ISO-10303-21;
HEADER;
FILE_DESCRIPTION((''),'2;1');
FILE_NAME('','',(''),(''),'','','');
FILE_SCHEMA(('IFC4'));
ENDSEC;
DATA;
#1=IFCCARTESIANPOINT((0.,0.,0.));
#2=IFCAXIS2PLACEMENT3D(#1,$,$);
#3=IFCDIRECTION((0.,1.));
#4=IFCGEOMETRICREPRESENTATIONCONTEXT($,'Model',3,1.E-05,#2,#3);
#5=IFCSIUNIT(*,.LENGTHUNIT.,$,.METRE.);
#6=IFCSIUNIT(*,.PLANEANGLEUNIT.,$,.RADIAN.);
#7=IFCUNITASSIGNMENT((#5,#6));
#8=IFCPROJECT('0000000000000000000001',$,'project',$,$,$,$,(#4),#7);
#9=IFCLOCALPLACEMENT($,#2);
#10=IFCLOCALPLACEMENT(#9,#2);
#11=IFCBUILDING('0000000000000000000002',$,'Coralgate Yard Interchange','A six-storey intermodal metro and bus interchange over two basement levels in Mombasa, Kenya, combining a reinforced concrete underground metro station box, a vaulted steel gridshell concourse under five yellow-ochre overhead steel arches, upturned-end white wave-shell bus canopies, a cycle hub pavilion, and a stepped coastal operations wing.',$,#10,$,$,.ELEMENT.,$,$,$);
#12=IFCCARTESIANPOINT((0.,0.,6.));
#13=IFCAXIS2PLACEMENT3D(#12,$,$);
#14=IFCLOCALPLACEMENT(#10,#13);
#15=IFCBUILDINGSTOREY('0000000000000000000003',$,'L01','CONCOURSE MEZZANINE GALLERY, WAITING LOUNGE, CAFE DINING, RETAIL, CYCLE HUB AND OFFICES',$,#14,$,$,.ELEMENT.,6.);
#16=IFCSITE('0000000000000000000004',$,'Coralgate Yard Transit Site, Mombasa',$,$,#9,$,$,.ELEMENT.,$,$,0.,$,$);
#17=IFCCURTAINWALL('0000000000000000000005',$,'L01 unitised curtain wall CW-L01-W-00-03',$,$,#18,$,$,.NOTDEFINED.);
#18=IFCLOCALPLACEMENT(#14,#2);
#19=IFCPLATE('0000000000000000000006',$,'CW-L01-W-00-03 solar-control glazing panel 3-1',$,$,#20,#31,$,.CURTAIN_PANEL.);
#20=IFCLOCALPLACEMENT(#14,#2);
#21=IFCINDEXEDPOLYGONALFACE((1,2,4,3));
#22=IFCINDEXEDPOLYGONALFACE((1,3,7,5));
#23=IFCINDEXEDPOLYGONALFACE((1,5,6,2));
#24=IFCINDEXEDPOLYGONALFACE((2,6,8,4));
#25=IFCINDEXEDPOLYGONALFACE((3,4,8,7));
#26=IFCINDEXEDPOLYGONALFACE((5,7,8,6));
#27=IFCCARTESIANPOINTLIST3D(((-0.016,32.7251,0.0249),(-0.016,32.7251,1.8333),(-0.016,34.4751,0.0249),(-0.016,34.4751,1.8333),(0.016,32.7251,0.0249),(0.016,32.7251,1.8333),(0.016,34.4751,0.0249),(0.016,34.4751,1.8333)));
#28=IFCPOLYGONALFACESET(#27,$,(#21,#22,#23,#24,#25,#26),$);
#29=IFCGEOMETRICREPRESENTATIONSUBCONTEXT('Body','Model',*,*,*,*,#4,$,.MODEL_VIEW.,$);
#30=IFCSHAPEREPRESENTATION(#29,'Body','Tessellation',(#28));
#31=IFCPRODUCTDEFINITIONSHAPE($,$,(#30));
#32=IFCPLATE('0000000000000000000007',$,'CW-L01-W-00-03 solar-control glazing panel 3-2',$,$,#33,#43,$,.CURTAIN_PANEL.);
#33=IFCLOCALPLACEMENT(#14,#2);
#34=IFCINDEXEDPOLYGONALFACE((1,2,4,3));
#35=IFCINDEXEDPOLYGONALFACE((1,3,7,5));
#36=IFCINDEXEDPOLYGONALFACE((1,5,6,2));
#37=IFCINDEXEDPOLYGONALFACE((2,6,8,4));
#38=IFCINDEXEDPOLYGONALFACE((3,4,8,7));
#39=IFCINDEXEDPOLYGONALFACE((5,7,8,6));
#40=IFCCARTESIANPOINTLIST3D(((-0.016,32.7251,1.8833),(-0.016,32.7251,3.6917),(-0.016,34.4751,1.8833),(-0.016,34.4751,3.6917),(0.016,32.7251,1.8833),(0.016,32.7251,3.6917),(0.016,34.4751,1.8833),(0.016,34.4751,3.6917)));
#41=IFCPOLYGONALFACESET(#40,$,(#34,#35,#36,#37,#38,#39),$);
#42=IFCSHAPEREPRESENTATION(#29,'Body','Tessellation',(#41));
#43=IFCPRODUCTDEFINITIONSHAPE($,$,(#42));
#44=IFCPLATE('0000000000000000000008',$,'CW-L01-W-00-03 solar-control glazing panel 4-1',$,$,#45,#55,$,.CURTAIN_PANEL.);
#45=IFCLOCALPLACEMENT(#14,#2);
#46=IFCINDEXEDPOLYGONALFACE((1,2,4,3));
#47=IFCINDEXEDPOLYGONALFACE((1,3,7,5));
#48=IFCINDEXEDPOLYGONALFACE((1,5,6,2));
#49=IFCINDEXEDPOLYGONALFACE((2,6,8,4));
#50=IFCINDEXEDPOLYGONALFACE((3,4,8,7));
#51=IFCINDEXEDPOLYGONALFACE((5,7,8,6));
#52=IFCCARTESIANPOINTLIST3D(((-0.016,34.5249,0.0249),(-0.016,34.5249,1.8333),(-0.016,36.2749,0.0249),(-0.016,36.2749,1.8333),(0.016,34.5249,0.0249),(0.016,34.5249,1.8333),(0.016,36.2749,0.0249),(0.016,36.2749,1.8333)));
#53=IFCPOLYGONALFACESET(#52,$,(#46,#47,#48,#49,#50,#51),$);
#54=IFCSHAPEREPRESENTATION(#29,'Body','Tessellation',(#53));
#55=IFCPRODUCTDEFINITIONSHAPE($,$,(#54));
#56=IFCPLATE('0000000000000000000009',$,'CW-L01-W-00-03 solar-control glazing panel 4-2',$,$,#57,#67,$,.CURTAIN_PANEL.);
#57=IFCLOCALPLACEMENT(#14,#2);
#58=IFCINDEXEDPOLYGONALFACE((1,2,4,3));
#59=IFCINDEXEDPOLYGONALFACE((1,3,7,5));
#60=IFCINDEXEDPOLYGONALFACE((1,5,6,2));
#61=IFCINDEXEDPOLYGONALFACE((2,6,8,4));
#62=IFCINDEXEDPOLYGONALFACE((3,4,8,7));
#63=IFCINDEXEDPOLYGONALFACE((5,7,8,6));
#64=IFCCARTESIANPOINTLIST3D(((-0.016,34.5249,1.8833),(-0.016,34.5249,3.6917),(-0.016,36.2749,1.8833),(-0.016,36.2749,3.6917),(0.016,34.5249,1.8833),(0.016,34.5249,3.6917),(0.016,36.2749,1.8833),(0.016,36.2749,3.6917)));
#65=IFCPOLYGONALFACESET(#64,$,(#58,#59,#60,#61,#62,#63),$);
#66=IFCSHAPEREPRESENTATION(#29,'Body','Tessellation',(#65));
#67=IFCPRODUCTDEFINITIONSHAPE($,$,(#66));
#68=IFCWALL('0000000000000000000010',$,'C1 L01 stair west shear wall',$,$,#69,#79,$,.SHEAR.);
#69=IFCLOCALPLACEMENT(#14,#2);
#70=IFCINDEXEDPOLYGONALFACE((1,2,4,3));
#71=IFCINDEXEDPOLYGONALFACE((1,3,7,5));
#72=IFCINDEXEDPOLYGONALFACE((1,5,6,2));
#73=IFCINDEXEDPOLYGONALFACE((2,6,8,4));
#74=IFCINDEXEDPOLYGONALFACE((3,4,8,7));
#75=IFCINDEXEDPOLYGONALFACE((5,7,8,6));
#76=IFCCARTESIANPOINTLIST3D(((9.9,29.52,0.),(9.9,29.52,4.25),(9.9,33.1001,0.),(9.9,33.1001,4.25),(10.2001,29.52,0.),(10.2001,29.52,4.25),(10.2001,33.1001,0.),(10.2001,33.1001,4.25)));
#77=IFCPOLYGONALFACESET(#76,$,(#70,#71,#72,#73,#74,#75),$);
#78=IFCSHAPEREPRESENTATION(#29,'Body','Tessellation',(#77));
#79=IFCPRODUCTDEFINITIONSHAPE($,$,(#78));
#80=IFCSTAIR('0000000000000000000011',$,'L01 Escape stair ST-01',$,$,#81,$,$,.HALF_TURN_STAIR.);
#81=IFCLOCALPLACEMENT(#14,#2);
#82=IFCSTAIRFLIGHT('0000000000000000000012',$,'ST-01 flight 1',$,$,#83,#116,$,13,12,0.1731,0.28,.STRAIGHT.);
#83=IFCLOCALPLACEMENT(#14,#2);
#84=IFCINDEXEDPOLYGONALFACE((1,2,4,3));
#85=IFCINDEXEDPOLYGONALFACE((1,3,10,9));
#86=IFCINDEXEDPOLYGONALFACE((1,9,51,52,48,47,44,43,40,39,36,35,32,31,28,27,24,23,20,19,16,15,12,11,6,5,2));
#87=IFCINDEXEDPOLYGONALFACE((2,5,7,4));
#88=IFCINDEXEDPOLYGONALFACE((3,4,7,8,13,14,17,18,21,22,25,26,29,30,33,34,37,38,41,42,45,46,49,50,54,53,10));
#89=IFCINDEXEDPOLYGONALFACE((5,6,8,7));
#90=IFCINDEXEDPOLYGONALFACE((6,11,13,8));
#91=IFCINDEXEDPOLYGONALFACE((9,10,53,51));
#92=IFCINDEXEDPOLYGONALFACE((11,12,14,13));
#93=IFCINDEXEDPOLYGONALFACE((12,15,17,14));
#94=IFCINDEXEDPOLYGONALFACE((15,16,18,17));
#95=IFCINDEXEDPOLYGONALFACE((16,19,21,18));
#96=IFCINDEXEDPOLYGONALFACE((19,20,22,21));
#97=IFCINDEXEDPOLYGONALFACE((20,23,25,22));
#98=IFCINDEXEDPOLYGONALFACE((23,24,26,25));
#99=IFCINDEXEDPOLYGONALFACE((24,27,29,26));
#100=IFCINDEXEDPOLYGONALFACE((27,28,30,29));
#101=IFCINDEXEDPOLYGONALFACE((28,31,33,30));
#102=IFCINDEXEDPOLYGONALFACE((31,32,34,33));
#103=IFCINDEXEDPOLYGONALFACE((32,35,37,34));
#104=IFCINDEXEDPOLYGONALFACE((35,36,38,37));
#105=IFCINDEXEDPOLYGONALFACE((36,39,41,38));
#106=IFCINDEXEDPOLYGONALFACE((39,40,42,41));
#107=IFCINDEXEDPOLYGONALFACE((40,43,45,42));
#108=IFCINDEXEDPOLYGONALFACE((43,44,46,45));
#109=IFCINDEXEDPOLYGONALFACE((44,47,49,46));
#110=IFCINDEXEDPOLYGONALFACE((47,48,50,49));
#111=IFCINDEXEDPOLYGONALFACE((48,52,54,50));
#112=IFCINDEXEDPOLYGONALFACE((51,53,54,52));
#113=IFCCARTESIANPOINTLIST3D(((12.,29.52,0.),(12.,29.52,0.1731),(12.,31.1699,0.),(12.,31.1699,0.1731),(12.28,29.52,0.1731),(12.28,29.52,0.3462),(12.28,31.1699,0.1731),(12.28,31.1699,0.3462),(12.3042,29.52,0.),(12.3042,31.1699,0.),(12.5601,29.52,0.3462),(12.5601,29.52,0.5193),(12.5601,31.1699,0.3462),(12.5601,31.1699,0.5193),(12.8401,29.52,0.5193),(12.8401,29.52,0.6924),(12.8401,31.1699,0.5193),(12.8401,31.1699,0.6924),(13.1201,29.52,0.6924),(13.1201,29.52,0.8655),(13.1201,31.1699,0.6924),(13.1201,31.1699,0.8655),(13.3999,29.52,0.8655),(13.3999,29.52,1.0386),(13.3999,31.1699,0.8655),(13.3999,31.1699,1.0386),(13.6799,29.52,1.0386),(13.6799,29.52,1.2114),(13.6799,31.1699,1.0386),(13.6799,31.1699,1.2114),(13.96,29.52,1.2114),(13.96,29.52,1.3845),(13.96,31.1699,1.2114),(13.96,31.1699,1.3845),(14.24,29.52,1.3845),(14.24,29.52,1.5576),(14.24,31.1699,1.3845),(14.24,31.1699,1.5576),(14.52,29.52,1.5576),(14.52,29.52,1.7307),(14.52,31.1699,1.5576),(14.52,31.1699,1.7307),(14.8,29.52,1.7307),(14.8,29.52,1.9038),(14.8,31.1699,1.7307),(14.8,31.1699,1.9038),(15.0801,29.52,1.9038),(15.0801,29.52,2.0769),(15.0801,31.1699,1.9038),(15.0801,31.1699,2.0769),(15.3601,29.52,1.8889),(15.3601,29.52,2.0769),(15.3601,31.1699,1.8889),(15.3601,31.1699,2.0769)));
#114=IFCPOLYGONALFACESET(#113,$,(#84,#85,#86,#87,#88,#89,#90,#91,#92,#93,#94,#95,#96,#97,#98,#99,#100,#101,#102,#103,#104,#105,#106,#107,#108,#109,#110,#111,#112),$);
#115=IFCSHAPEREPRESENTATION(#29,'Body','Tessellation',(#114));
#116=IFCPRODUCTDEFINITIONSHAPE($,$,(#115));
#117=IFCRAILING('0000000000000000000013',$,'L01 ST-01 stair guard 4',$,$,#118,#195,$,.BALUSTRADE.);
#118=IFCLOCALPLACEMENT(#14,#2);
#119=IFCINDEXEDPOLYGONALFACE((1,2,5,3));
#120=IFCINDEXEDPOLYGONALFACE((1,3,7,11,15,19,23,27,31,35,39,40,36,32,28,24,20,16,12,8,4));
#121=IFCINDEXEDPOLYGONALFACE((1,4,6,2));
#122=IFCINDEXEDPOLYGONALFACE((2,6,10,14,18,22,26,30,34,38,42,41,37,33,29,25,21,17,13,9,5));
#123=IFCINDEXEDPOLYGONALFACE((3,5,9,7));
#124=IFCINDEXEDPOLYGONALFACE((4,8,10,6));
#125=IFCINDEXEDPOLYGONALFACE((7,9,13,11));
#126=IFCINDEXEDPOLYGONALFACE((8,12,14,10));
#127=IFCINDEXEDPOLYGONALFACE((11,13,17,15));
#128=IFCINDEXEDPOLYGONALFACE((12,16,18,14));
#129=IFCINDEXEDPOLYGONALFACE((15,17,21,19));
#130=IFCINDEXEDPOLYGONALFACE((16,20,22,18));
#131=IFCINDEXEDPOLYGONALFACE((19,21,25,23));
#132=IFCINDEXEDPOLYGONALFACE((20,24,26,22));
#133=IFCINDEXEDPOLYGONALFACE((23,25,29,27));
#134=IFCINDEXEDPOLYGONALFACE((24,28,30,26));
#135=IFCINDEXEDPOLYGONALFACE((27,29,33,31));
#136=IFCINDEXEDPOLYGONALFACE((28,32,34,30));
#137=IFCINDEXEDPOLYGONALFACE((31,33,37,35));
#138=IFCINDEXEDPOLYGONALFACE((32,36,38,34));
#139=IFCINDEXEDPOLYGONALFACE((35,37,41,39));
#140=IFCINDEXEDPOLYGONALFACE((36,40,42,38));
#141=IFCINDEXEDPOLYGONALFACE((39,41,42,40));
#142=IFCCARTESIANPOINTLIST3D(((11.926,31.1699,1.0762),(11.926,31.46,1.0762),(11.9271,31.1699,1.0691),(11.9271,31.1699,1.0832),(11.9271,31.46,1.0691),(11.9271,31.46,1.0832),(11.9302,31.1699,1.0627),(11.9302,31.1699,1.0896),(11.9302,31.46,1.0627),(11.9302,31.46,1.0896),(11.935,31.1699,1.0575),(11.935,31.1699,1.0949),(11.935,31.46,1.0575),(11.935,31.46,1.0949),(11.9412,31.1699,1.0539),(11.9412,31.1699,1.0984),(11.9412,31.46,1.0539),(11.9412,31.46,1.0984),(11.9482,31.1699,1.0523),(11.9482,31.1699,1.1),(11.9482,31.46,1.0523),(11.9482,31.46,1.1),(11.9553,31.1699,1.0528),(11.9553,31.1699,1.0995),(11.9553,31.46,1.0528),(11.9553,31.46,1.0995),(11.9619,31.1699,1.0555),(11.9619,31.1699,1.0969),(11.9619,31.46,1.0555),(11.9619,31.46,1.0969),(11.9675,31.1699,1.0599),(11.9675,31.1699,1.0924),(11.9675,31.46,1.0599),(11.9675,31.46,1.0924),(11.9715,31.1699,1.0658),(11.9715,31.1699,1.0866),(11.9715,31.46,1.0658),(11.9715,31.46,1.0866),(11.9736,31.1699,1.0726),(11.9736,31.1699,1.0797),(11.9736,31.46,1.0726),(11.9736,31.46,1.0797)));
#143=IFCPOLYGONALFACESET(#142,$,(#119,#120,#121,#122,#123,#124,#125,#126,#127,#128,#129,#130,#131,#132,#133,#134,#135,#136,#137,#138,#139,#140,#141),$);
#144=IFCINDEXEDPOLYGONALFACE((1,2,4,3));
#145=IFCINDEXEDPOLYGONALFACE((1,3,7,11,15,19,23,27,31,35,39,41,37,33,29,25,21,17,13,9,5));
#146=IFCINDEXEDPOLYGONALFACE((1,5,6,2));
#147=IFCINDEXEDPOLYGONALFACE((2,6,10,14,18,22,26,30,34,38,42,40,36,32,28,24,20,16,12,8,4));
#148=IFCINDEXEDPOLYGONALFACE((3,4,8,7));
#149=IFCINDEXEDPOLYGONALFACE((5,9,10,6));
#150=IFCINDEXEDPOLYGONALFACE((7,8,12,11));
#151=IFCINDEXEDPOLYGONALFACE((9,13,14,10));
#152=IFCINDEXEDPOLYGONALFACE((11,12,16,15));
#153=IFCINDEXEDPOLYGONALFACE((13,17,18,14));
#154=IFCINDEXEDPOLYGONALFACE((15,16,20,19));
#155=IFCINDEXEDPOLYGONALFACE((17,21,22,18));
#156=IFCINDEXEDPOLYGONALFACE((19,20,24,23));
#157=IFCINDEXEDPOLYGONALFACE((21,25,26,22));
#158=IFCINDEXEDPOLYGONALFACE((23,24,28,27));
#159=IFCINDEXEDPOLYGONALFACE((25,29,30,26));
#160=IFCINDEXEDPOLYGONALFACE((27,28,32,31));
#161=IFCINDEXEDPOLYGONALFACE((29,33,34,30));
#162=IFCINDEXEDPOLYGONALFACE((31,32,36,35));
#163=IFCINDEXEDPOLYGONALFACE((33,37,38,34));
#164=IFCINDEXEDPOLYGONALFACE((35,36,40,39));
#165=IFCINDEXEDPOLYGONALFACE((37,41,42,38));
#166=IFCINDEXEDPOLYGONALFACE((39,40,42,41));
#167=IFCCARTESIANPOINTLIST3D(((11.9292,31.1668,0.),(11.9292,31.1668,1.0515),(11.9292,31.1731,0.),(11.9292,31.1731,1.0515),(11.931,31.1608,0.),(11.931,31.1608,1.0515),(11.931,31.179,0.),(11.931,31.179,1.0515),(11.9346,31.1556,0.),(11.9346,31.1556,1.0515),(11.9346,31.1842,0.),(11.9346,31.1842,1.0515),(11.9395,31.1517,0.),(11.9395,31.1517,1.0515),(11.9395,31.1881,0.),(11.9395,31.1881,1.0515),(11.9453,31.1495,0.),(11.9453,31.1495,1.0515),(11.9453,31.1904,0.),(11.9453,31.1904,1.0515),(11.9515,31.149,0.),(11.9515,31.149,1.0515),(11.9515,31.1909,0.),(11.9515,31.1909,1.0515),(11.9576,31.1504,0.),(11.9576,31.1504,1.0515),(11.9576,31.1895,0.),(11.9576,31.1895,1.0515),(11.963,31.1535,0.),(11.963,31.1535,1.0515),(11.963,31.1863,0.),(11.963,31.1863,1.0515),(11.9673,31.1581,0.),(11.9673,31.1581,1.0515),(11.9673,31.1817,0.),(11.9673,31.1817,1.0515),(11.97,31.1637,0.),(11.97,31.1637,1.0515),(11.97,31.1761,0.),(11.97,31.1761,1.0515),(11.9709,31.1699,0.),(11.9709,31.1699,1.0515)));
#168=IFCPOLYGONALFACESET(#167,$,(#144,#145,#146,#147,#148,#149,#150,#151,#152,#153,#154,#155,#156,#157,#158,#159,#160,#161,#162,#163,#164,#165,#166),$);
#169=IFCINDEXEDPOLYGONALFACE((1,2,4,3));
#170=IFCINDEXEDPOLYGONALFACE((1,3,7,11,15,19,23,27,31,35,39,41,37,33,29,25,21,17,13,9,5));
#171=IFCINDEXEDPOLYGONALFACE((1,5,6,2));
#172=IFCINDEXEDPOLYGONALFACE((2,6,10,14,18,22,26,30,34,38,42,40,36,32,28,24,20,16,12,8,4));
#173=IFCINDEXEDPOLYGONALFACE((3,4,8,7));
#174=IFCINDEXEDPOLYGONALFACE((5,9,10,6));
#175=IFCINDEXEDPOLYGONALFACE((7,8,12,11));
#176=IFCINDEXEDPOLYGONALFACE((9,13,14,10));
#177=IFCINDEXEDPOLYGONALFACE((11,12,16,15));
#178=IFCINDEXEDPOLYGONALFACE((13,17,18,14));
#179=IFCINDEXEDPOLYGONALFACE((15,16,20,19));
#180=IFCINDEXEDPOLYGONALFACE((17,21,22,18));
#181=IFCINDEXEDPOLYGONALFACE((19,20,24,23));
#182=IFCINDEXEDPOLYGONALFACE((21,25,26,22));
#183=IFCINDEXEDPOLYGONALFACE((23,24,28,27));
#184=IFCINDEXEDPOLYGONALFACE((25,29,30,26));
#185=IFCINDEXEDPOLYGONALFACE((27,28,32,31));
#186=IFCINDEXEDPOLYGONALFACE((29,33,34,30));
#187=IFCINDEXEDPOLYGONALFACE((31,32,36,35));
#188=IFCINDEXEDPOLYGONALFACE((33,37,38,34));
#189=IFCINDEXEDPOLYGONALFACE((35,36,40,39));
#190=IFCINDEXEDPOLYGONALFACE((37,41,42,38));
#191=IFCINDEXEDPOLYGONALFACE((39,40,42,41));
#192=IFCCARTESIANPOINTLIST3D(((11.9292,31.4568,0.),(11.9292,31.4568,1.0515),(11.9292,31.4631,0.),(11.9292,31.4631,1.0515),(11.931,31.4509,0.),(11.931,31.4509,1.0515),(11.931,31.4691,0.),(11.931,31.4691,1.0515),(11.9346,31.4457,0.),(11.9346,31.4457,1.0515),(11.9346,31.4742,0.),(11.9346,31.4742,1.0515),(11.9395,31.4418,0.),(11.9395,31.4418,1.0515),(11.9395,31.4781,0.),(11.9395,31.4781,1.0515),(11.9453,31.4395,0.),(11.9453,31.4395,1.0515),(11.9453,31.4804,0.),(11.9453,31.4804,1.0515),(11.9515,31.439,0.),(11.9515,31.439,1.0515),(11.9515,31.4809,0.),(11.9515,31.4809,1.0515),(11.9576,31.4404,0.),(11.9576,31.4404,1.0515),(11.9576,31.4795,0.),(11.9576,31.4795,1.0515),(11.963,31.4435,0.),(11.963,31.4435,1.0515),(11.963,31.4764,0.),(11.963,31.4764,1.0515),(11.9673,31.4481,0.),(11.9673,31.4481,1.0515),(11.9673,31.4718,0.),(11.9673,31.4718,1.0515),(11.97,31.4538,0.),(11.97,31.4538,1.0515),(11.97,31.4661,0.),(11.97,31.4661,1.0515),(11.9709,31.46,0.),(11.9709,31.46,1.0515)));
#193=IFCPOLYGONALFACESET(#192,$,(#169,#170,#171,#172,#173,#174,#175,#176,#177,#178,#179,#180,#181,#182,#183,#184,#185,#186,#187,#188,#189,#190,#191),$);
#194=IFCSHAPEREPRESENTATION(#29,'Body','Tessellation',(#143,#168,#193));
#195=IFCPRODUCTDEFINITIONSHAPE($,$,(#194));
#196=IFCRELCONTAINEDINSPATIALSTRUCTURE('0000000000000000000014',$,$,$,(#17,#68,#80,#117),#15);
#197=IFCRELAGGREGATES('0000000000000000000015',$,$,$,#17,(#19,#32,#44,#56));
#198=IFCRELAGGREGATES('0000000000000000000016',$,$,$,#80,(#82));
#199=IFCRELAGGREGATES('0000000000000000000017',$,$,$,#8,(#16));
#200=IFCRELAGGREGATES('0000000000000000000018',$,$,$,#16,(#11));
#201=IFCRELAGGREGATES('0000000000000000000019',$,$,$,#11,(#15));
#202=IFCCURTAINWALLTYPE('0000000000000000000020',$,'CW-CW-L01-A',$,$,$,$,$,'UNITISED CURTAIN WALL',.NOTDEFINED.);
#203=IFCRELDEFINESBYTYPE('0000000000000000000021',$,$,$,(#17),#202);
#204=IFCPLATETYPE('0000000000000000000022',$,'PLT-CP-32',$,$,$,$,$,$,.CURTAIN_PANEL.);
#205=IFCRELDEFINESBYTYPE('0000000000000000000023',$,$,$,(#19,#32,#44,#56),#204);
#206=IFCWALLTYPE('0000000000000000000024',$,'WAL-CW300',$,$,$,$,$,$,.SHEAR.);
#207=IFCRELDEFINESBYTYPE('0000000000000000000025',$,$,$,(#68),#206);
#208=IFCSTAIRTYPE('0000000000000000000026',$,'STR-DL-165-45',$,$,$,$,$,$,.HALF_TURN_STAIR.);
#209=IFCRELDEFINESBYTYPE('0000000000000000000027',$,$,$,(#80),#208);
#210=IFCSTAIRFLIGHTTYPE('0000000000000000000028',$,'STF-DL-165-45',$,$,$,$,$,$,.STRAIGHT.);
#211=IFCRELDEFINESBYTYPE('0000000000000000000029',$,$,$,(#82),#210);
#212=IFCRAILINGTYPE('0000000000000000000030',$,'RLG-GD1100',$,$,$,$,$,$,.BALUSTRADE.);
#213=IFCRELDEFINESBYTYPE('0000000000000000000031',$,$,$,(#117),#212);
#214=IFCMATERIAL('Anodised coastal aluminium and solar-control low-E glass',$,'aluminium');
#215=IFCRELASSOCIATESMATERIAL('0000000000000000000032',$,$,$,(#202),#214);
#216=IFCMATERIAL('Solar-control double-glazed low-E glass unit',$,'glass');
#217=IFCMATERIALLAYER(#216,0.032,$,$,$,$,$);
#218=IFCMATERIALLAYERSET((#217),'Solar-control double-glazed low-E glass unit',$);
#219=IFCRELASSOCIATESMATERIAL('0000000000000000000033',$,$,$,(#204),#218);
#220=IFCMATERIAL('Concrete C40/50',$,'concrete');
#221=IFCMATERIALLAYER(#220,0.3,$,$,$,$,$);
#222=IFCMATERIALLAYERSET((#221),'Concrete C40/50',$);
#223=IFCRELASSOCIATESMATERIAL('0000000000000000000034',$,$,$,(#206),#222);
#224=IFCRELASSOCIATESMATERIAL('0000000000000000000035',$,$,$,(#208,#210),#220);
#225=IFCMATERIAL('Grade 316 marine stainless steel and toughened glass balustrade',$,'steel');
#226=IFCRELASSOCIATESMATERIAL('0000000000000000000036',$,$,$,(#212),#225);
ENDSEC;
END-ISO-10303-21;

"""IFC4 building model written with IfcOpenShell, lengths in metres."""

from ifc_helpers import new_model, si_unit, direction, frame, frame_2d, origin, origin_2d, place, context, subcontext, project, spatial, polyline, rectangle, circle, outline, extrude, material, layer, layer_set, type_object, element, aggregate, save


model = new_model("IFC4")

# Units and contexts
model_context = context("Model", 3, precision=1e-05, world=origin(), true_north=direction((0.0, 1.0)))
body_context = subcontext(model_context, "Body", "Model", "MODEL_VIEW")
ifc_project = project(units=[si_unit("LENGTHUNIT", "METRE"), si_unit("PLANEANGLEUNIT", "RADIAN")], contexts=[model_context])

# Site, building, storey
site_placement = place(None, origin())
site = spatial("IfcSite", under=ifc_project, at=site_placement, Name="Coralgate Yard Transit Site, Mombasa", CompositionType="ELEMENT", RefElevation=0.0)
building_placement = place(site_placement, origin())
building = spatial("IfcBuilding", under=site, at=building_placement, Name="Coralgate Yard Interchange", Description="A six-storey intermodal metro and bus interchange over two basement levels in Mombasa, Kenya, combining a reinforced concrete underground metro station box, a vaulted steel gridshell concourse under five yellow-ochre overhead steel arches, upturned-end white wave-shell bus canopies, a cycle hub pavilion, and a stepped coastal operations wing.", CompositionType="ELEMENT")
storey_placement = place(building_placement, frame((0.0, 0.0, 6.0)))
storey = spatial("IfcBuildingStorey", under=building, at=storey_placement, Name="L01", Description="CONCOURSE MEZZANINE GALLERY, WAITING LOUNGE, CAFE DINING, RETAIL, CYCLE HUB AND OFFICES", CompositionType="ELEMENT", Elevation=6.0)

# Curtain wall, plates
ifc_material_1 = material(Name="Anodised coastal aluminium and solar-control low-E glass", Category="aluminium")
curtain_wall_type = type_object("IfcCurtainWallType", Name="CW-CW-L01-A", ElementType="UNITISED CURTAIN WALL", PredefinedType="NOTDEFINED", material=ifc_material_1)
curtain_wall_placement = place(storey_placement, origin())
curtain_wall = element("IfcCurtainWall", 1, at=curtain_wall_placement, inside=storey, type_object=curtain_wall_type, Name="L01 unitised curtain wall CW-L01-W-00-03", PredefinedType="NOTDEFINED")
ifc_material_2 = material(Name="Solar-control double-glazed low-E glass unit", Category="glass")
ifc_layer_1 = layer(ifc_material_2, 0.032)
ifc_layer_set_1 = layer_set([ifc_layer_1], Name="Solar-control double-glazed low-E glass unit")
plate_type = type_object("IfcPlateType", Name="PLT-CP-32", PredefinedType="CURTAIN_PANEL", material=ifc_layer_set_1)
plate_1_placement = place(storey_placement, frame((0.0, 33.6001, 0.0249), z_axis=(0.0, 0.0, 1.0), x_axis=(0.0, 1.0, 0.0)))
plate_1 = element("IfcPlate", 2, at=plate_1_placement, type_object=plate_type, Name="CW-L01-W-00-03 solar-control glazing panel 3-1", PredefinedType="CURTAIN_PANEL", context=body_context, shape_type="SweptSolid", body=[
    extrude(rectangle(XDim=1.75, YDim=0.032, at=origin_2d()), origin(), (0.0, 0.0, 1.0), 1.8083),
])
plate_2_placement = place(storey_placement, frame((0.0, 33.6001, 1.8833), z_axis=(0.0, 0.0, 1.0), x_axis=(0.0, 1.0, 0.0)))
plate_2 = element("IfcPlate", 3, at=plate_2_placement, type_object=plate_type, Name="CW-L01-W-00-03 solar-control glazing panel 3-2", PredefinedType="CURTAIN_PANEL", context=body_context, shape_type="SweptSolid", body=[
    extrude(rectangle(XDim=1.75, YDim=0.032, at=origin_2d()), origin(), (0.0, 0.0, 1.0), 1.8083),
])
plate_3_placement = place(storey_placement, frame((0.0, 35.3999, 0.0249), z_axis=(0.0, 0.0, 1.0), x_axis=(0.0, 1.0, 0.0)))
plate_3 = element("IfcPlate", 4, at=plate_3_placement, type_object=plate_type, Name="CW-L01-W-00-03 solar-control glazing panel 4-1", PredefinedType="CURTAIN_PANEL", context=body_context, shape_type="SweptSolid", body=[
    extrude(rectangle(XDim=1.75, YDim=0.032, at=origin_2d()), origin(), (0.0, 0.0, 1.0), 1.8083),
])
plate_4_placement = place(storey_placement, frame((0.0, 35.3999, 1.8833), z_axis=(0.0, 0.0, 1.0), x_axis=(0.0, 1.0, 0.0)))
plate_4 = element("IfcPlate", 5, at=plate_4_placement, type_object=plate_type, Name="CW-L01-W-00-03 solar-control glazing panel 4-2", PredefinedType="CURTAIN_PANEL", context=body_context, shape_type="SweptSolid", body=[
    extrude(rectangle(XDim=1.75, YDim=0.032, at=origin_2d()), origin(), (0.0, 0.0, 1.0), 1.8083),
])
aggregate(curtain_wall, [plate_1, plate_2, plate_3, plate_4])

# Wall
ifc_material_3 = material(Name="Concrete C40/50", Category="concrete")
ifc_layer_2 = layer(ifc_material_3, 0.3)
ifc_layer_set_2 = layer_set([ifc_layer_2], Name="Concrete C40/50")
wall_type_1 = type_object("IfcWallType", Name="WAL-CW300", PredefinedType="SHEAR", material=ifc_layer_set_2)
wall_1_placement = place(storey_placement, frame((10.05, 29.52, 0.0), z_axis=(0.0, 0.0, 1.0), x_axis=(0.0, 1.0, 0.0)))
element("IfcWall", 6, at=wall_1_placement, inside=storey, type_object=wall_type_1, Name="C1 L01 stair west shear wall", PredefinedType="SHEAR", context=body_context, shape_type="SweptSolid", body=[
    extrude(rectangle(XDim=3.5801, YDim=0.3, at=frame_2d((1.79, 0.0))), origin(), (0.0, 0.0, 1.0), 4.25),
])

# Stair, stair flight
stair_type = type_object("IfcStairType", Name="STR-DL-165-45", PredefinedType="HALF_TURN_STAIR", material=ifc_material_3)
stair_placement = place(storey_placement, origin())
stair = element("IfcStair", 7, at=stair_placement, inside=storey, type_object=stair_type, Name="L01 Escape stair ST-01", PredefinedType="HALF_TURN_STAIR")
stair_flight_type = type_object("IfcStairFlightType", Name="STF-DL-165-45", PredefinedType="STRAIGHT", material=ifc_material_3)
stair_flight_placement = place(storey_placement, frame((12.0, 30.345, 0.0), z_axis=(0.0, 0.0, 1.0), x_axis=(1.0, 0.0, 0.0)))
stair_flight = element("IfcStairFlight", 8, at=stair_flight_placement, type_object=stair_flight_type, Name="ST-01 flight 1", NumberOfRisers=13, NumberOfTreads=12, PredefinedType="STRAIGHT", RiserHeight=0.1731, TreadLength=0.28, context=body_context, shape_type="SweptSolid", body=[
    extrude(outline(polyline([(0.0, 0.0), (0.0, 0.1731), (0.28, 0.1731), (0.28, 0.3462), (0.5601, 0.3462), (0.5601, 0.5193), (0.8401, 0.5193), (0.8401, 0.6924), (1.1201, 0.6924), (1.1201, 0.8655), (1.3999, 0.8655), (1.3999, 1.0386), (1.6799, 1.0386), (1.6799, 1.2114), (1.96, 1.2114), (1.96, 1.3845), (2.24, 1.3845), (2.24, 1.5576), (2.52, 1.5576), (2.52, 1.7307), (2.8, 1.7307), (2.8, 1.9038), (3.0801, 1.9038), (3.0801, 2.0769), (3.3601, 2.0769), (3.3601, 2.25), (3.3601, 1.8889), (0.3042, 0.0), (0.0, 0.0)])), frame((0.0, 0.825, 0.0), z_axis=(0.0, -1.0, 0.0), x_axis=(1.0, 0.0, 0.0)), (0.0, 0.0, 1.0), 1.6499),
])
aggregate(stair, [stair_flight])

# Railing
ifc_material_4 = material(Name="Grade 316 marine stainless steel and toughened glass balustrade", Category="steel")
railing_type_1 = type_object("IfcRailingType", Name="RLG-GD1100", PredefinedType="BALUSTRADE", material=ifc_material_4)
railing_1_placement = place(storey_placement, frame((11.95, 31.1699, 0.0)))
element("IfcRailing", 9, at=railing_1_placement, inside=storey, type_object=railing_type_1, Name="L01 ST-01 stair guard 4", PredefinedType="BALUSTRADE", context=body_context, shape_type="SweptSolid", body=[
    extrude(circle(Radius=0.0239, at=origin_2d()), frame((0.0, 0.0, 1.0762), z_axis=(0.0, 1.0, 0.0), x_axis=(-1.0, 0.0, 0.0)), (0.0, 0.0, 1.0), 0.29),
    extrude(circle(Radius=0.021, at=origin_2d()), origin(), (0.0, 0.0, 1.0), 1.0515),
    extrude(circle(Radius=0.021, at=origin_2d()), frame((0.0, 0.29, 0.0)), (0.0, 0.0, 1.0), 1.0515),
])

save(model, "model.ifc")
